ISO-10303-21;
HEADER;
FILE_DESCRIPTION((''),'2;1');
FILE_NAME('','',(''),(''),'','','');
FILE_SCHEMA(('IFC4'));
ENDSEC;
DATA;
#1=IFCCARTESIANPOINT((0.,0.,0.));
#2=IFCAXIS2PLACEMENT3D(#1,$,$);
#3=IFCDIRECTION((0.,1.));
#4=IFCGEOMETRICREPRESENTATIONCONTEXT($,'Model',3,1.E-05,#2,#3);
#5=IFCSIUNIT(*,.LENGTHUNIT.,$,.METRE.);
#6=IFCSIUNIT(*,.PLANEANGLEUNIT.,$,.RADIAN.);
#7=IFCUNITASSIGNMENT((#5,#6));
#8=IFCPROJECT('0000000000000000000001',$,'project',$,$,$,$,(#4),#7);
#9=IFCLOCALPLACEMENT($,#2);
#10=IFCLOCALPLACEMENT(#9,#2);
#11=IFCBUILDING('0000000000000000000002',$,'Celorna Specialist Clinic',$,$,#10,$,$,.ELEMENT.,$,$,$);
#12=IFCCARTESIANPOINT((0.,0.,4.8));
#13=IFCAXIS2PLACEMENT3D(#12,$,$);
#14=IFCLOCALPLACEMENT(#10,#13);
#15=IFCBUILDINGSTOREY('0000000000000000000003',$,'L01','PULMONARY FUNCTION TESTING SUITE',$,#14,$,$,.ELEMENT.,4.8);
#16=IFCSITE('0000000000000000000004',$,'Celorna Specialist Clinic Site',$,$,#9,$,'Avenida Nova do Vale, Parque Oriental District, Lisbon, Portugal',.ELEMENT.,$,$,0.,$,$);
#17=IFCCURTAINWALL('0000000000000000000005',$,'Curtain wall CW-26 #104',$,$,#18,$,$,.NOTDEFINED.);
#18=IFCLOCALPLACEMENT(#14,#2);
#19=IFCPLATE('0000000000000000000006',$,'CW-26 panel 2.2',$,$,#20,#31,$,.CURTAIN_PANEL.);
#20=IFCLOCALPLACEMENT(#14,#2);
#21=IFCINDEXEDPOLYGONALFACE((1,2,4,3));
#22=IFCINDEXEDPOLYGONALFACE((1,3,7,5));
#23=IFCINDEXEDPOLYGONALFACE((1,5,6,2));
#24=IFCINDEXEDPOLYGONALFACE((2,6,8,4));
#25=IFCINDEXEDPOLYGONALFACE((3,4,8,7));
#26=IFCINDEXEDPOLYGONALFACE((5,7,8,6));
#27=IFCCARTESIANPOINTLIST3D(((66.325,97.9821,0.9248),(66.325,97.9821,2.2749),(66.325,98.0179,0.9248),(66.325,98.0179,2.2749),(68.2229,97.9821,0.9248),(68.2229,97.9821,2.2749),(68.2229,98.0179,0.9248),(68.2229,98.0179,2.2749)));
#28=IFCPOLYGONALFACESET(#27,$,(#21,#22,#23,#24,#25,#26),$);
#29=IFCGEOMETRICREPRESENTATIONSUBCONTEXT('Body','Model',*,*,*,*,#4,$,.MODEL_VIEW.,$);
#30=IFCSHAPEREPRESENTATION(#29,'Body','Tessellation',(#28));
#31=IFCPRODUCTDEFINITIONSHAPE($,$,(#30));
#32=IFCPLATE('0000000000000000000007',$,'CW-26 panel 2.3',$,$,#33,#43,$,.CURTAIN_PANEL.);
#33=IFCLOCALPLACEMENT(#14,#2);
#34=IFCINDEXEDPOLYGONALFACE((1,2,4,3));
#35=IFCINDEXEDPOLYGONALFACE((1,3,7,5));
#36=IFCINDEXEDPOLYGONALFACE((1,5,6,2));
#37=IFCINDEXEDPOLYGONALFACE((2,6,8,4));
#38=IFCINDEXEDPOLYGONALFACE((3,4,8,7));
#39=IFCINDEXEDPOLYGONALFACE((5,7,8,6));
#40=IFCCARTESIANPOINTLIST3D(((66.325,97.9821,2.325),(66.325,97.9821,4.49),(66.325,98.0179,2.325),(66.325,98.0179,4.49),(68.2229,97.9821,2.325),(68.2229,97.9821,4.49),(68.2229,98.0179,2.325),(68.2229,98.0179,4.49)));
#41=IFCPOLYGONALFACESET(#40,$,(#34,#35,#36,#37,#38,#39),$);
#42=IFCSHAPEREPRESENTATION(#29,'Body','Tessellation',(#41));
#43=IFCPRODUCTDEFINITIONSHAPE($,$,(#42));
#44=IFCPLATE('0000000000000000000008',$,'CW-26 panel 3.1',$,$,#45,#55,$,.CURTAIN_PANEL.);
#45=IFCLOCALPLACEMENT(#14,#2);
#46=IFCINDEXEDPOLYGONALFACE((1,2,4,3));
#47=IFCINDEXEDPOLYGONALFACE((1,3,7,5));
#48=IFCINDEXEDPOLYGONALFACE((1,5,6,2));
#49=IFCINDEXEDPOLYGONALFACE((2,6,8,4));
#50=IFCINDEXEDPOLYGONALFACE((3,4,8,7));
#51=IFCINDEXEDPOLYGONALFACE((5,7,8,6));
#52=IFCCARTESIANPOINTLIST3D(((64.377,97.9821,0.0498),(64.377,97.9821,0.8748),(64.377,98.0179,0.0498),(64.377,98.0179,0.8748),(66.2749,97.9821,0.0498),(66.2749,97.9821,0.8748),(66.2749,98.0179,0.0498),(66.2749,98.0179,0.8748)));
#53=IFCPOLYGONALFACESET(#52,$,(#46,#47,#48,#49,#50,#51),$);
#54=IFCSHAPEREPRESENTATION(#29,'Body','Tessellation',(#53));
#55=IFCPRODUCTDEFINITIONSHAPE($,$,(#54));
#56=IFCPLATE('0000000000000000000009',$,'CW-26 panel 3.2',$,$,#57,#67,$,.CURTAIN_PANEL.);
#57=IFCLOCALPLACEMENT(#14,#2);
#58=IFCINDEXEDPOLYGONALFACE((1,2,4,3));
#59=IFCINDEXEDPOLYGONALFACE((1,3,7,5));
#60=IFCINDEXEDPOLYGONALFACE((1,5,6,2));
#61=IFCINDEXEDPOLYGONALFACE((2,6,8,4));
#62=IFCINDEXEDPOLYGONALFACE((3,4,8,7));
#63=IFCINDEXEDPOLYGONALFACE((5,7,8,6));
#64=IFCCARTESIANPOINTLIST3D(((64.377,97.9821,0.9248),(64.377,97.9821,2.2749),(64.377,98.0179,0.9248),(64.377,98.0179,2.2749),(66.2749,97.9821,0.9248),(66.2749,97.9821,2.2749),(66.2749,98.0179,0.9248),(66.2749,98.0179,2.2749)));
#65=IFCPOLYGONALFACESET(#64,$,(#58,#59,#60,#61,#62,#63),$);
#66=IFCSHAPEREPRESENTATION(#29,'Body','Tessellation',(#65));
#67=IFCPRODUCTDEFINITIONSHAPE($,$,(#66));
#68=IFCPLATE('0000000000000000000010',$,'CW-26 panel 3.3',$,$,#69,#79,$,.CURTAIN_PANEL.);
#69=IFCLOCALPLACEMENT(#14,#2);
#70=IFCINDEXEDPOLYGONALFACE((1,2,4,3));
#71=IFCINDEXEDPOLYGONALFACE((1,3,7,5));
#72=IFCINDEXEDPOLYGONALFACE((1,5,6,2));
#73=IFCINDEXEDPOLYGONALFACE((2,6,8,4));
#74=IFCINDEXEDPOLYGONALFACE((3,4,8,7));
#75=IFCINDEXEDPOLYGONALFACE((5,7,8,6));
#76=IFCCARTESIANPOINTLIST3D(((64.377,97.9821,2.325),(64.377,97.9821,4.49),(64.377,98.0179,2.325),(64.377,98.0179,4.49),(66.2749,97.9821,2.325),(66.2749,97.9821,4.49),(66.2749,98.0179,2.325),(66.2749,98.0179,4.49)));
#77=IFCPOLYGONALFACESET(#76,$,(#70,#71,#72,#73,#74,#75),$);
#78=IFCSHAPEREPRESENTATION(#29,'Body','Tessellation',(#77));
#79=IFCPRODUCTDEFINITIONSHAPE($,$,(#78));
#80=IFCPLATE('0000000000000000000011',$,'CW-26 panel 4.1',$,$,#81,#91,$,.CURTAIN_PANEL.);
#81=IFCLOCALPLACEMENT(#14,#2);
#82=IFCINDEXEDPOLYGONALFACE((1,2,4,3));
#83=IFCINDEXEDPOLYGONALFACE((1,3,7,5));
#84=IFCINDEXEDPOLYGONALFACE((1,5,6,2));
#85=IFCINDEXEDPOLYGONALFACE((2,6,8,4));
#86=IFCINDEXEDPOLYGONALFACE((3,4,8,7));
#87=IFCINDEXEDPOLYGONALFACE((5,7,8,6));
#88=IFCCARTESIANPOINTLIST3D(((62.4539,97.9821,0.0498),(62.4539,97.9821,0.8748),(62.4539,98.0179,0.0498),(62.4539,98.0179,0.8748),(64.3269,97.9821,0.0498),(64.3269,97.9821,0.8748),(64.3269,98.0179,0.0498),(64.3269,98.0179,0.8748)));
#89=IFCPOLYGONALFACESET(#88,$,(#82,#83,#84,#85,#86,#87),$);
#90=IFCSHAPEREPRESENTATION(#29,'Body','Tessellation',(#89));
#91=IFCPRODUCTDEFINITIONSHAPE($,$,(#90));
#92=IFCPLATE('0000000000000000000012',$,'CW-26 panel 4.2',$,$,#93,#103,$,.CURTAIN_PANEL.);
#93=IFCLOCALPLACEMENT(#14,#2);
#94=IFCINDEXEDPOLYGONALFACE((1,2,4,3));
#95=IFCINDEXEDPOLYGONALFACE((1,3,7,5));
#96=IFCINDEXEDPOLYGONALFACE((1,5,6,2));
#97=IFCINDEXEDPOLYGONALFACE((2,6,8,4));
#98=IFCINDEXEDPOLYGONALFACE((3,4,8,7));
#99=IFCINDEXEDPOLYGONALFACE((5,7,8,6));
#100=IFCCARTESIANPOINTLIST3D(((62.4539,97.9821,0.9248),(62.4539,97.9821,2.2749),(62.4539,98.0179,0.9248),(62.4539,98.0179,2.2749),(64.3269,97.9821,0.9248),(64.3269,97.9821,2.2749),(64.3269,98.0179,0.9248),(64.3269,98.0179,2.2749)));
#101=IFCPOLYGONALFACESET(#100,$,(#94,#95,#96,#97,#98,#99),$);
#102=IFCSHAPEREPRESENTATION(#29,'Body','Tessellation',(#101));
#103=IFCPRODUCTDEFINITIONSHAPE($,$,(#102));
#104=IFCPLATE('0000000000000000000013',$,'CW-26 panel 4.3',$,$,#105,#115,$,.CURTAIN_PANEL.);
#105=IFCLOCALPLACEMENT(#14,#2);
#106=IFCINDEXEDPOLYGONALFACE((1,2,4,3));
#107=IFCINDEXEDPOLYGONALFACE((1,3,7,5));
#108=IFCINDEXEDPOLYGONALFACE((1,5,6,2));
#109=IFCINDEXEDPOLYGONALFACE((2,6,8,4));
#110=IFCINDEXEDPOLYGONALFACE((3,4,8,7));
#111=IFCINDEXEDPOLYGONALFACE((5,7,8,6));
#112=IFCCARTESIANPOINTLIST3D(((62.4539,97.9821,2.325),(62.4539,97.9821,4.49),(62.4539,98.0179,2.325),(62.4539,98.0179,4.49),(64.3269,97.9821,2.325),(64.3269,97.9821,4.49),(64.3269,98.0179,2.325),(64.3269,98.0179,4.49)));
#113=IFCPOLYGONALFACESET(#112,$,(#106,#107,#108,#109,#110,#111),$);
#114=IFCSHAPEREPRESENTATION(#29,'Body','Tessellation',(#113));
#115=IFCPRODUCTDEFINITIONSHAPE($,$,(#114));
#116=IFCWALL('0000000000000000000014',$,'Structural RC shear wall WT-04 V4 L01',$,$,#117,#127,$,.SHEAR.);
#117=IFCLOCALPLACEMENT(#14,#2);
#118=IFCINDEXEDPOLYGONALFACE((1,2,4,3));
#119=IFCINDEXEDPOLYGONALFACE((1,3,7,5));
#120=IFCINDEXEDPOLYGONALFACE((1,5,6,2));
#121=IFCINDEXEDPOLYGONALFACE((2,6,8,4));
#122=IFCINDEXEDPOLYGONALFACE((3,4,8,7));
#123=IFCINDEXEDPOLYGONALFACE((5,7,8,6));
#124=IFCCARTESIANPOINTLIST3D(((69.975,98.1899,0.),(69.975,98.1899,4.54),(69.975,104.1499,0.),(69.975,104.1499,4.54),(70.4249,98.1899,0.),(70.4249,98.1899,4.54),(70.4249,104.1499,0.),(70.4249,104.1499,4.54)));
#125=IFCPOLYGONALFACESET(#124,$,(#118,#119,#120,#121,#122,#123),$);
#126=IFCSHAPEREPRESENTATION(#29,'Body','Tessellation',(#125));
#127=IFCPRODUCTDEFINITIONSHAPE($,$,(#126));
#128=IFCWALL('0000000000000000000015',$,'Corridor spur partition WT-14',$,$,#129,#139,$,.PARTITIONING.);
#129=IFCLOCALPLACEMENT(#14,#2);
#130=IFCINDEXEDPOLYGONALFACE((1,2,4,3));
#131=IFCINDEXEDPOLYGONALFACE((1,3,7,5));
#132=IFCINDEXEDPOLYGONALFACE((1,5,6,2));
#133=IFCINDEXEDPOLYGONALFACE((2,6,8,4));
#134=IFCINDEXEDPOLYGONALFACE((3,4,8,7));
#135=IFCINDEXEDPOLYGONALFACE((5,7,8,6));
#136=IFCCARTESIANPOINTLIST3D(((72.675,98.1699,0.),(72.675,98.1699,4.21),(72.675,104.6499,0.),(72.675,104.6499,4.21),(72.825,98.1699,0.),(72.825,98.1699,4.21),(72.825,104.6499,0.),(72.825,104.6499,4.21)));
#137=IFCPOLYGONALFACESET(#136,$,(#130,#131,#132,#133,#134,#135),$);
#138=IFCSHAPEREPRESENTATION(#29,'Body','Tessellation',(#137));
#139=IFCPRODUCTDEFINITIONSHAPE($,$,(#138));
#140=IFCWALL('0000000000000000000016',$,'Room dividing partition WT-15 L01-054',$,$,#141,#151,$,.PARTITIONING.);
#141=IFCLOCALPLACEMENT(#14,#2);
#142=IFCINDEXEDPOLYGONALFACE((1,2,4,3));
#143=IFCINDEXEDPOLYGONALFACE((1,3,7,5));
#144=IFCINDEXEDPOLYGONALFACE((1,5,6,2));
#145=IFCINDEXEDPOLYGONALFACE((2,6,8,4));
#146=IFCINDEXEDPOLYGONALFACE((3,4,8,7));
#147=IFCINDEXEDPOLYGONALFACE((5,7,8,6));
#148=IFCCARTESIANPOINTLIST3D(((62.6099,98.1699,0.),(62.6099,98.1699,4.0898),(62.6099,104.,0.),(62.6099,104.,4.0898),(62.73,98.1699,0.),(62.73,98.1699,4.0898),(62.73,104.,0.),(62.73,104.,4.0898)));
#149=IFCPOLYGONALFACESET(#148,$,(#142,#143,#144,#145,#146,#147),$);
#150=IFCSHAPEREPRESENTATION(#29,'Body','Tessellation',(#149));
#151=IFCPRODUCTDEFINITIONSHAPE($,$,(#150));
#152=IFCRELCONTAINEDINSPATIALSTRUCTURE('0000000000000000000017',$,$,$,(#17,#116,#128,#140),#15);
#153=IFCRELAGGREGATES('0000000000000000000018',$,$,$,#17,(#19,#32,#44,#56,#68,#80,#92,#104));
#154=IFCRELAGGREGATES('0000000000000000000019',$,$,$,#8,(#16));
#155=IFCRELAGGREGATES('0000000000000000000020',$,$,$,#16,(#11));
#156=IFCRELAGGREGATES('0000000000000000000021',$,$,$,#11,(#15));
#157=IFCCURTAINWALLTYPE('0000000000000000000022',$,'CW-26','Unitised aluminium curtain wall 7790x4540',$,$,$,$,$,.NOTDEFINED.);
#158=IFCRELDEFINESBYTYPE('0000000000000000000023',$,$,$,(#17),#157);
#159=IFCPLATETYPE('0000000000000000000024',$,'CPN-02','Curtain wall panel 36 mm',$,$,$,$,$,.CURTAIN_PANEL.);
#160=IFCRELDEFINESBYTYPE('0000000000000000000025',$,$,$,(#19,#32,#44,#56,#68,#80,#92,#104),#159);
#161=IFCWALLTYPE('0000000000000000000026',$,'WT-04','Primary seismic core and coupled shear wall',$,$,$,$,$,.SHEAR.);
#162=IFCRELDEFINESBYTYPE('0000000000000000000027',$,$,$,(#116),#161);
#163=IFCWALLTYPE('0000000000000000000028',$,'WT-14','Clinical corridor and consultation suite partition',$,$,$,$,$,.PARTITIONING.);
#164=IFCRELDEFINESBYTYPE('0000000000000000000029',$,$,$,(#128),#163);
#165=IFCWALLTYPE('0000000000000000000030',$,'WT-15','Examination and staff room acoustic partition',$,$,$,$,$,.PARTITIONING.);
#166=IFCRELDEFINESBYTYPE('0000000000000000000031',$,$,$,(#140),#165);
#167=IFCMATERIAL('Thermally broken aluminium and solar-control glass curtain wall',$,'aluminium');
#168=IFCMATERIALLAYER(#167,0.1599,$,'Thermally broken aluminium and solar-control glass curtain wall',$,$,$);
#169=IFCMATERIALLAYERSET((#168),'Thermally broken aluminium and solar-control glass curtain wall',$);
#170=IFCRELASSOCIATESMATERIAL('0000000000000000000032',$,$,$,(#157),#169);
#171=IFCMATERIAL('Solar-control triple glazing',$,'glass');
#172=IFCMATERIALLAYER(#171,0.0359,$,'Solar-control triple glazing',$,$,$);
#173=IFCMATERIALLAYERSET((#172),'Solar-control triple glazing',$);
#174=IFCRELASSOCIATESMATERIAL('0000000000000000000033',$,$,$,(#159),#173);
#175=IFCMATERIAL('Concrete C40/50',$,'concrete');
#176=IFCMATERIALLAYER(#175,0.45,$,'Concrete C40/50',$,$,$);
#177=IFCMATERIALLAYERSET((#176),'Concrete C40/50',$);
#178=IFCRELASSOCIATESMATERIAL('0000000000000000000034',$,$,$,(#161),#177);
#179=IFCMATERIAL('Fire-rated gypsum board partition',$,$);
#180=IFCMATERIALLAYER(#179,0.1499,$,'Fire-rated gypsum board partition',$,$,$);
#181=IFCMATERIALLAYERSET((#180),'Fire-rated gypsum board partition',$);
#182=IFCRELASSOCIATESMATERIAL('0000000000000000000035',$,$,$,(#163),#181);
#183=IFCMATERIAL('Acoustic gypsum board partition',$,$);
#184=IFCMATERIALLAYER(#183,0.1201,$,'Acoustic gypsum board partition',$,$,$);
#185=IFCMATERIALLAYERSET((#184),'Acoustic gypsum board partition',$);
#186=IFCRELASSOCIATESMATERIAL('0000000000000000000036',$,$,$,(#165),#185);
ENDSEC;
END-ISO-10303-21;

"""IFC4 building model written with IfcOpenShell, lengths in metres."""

from ifc_helpers import new_model, si_unit, direction, frame, frame_2d, origin, origin_2d, place, context, subcontext, project, spatial, rectangle, extrude, material, layer, layer_set, type_object, element, aggregate, save


model = new_model("IFC4")

# Units and contexts
model_context = context("Model", 3, precision=1e-05, world=origin(), true_north=direction((0.0, 1.0)))
body_context = subcontext(model_context, "Body", "Model", "MODEL_VIEW")
ifc_project = project(units=[si_unit("LENGTHUNIT", "METRE"), si_unit("PLANEANGLEUNIT", "RADIAN")], contexts=[model_context])

# Site, building, storey
site_placement = place(None, origin())
site = spatial("IfcSite", under=ifc_project, at=site_placement, Name="Celorna Specialist Clinic Site", LongName="Avenida Nova do Vale, Parque Oriental District, Lisbon, Portugal", CompositionType="ELEMENT", RefElevation=0.0)
building_placement = place(site_placement, origin())
building = spatial("IfcBuilding", under=site, at=building_placement, Name="Celorna Specialist Clinic", CompositionType="ELEMENT")
storey_placement = place(building_placement, frame((0.0, 0.0, 4.8)))
storey = spatial("IfcBuildingStorey", under=building, at=storey_placement, Name="L01", Description="PULMONARY FUNCTION TESTING SUITE", CompositionType="ELEMENT", Elevation=4.8)

# Shared definitions
ifc_material_1 = material(Name="Concrete C40/50", Category="concrete")

# Curtain wall, plates
ifc_material_2 = material(Name="Thermally broken aluminium and solar-control glass curtain wall", Category="aluminium")
ifc_layer_1 = layer(ifc_material_2, 0.1599, Name="Thermally broken aluminium and solar-control glass curtain wall")
ifc_layer_set_1 = layer_set([ifc_layer_1], Name="Thermally broken aluminium and solar-control glass curtain wall")
curtain_wall_type = type_object("IfcCurtainWallType", Name="CW-26", Description="Unitised aluminium curtain wall 7790x4540", PredefinedType="NOTDEFINED", material=ifc_layer_set_1)
curtain_wall_placement = place(storey_placement, origin())
curtain_wall = element("IfcCurtainWall", 1, at=curtain_wall_placement, inside=storey, type_object=curtain_wall_type, Name="Curtain wall CW-26 #104", PredefinedType="NOTDEFINED")
ifc_material_3 = material(Name="Solar-control triple glazing", Category="glass")
ifc_layer_2 = layer(ifc_material_3, 0.0359, Name="Solar-control triple glazing")
ifc_layer_set_2 = layer_set([ifc_layer_2], Name="Solar-control triple glazing")
plate_type = type_object("IfcPlateType", Name="CPN-02", Description="Curtain wall panel 36 mm", PredefinedType="CURTAIN_PANEL", material=ifc_layer_set_2)
plate_1_placement = place(storey_placement, frame((67.2739, 98.0, 0.9248), z_axis=(0.0, 0.0, 1.0), x_axis=(-1.0, 0.0, 0.0)))
plate_1 = element("IfcPlate", 2, at=plate_1_placement, type_object=plate_type, Name="CW-26 panel 2.2", PredefinedType="CURTAIN_PANEL", context=body_context, shape_type="SweptSolid", body=[
    extrude(rectangle(XDim=1.8979, YDim=0.0359, at=origin_2d()), origin(), (0.0, 0.0, 1.0), 1.3501),
])
plate_2_placement = place(storey_placement, frame((67.2739, 98.0, 2.325), z_axis=(0.0, 0.0, 1.0), x_axis=(-1.0, 0.0, 0.0)))
plate_2 = element("IfcPlate", 3, at=plate_2_placement, type_object=plate_type, Name="CW-26 panel 2.3", PredefinedType="CURTAIN_PANEL", context=body_context, shape_type="SweptSolid", body=[
    extrude(rectangle(XDim=1.8979, YDim=0.0359, at=origin_2d()), origin(), (0.0, 0.0, 1.0), 2.165),
])
plate_3_placement = place(storey_placement, frame((65.3259, 98.0, 0.0498), z_axis=(0.0, 0.0, 1.0), x_axis=(-1.0, 0.0, 0.0)))
plate_3 = element("IfcPlate", 4, at=plate_3_placement, type_object=plate_type, Name="CW-26 panel 3.1", PredefinedType="CURTAIN_PANEL", context=body_context, shape_type="SweptSolid", body=[
    extrude(rectangle(XDim=1.8979, YDim=0.0359, at=origin_2d()), origin(), (0.0, 0.0, 1.0), 0.825),
])
plate_4_placement = place(storey_placement, frame((65.3259, 98.0, 0.9248), z_axis=(0.0, 0.0, 1.0), x_axis=(-1.0, 0.0, 0.0)))
plate_4 = element("IfcPlate", 5, at=plate_4_placement, type_object=plate_type, Name="CW-26 panel 3.2", PredefinedType="CURTAIN_PANEL", context=body_context, shape_type="SweptSolid", body=[
    extrude(rectangle(XDim=1.8979, YDim=0.0359, at=origin_2d()), origin(), (0.0, 0.0, 1.0), 1.3501),
])
plate_5_placement = place(storey_placement, frame((65.3259, 98.0, 2.325), z_axis=(0.0, 0.0, 1.0), x_axis=(-1.0, 0.0, 0.0)))
plate_5 = element("IfcPlate", 6, at=plate_5_placement, type_object=plate_type, Name="CW-26 panel 3.3", PredefinedType="CURTAIN_PANEL", context=body_context, shape_type="SweptSolid", body=[
    extrude(rectangle(XDim=1.8979, YDim=0.0359, at=origin_2d()), origin(), (0.0, 0.0, 1.0), 2.165),
])
plate_6_placement = place(storey_placement, frame((63.3904, 98.0, 0.0498), z_axis=(0.0, 0.0, 1.0), x_axis=(-1.0, 0.0, 0.0)))
plate_6 = element("IfcPlate", 7, at=plate_6_placement, type_object=plate_type, Name="CW-26 panel 4.1", PredefinedType="CURTAIN_PANEL", context=body_context, shape_type="SweptSolid", body=[
    extrude(rectangle(XDim=1.873, YDim=0.0359, at=origin_2d()), origin(), (0.0, 0.0, 1.0), 0.825),
])
plate_7_placement = place(storey_placement, frame((63.3904, 98.0, 0.9248), z_axis=(0.0, 0.0, 1.0), x_axis=(-1.0, 0.0, 0.0)))
plate_7 = element("IfcPlate", 8, at=plate_7_placement, type_object=plate_type, Name="CW-26 panel 4.2", PredefinedType="CURTAIN_PANEL", context=body_context, shape_type="SweptSolid", body=[
    extrude(rectangle(XDim=1.873, YDim=0.0359, at=origin_2d()), origin(), (0.0, 0.0, 1.0), 1.3501),
])
plate_8_placement = place(storey_placement, frame((63.3904, 98.0, 2.325), z_axis=(0.0, 0.0, 1.0), x_axis=(-1.0, 0.0, 0.0)))
plate_8 = element("IfcPlate", 9, at=plate_8_placement, type_object=plate_type, Name="CW-26 panel 4.3", PredefinedType="CURTAIN_PANEL", context=body_context, shape_type="SweptSolid", body=[
    extrude(rectangle(XDim=1.873, YDim=0.0359, at=origin_2d()), origin(), (0.0, 0.0, 1.0), 2.165),
])
aggregate(curtain_wall, [plate_1, plate_2, plate_3, plate_4, plate_5, plate_6, plate_7, plate_8])

# Walls
ifc_layer_3 = layer(ifc_material_1, 0.45, Name="Concrete C40/50")
ifc_layer_set_3 = layer_set([ifc_layer_3], Name="Concrete C40/50")
wall_type_1 = type_object("IfcWallType", Name="WT-04", Description="Primary seismic core and coupled shear wall", PredefinedType="SHEAR", material=ifc_layer_set_3)
wall_1_placement = place(storey_placement, frame((70.2, 98.1899, 0.0), z_axis=(0.0, 0.0, 1.0), x_axis=(0.0, 1.0, 0.0)))
element("IfcWall", 10, at=wall_1_placement, inside=storey, type_object=wall_type_1, Name="Structural RC shear wall WT-04 V4 L01", PredefinedType="SHEAR", context=body_context, shape_type="SweptSolid", body=[
    extrude(rectangle(XDim=5.96, YDim=0.45, at=frame_2d((2.98, 0.0))), origin(), (0.0, 0.0, 1.0), 4.54),
])
ifc_material_4 = material(Name="Fire-rated gypsum board partition")
ifc_layer_4 = layer(ifc_material_4, 0.1499, Name="Fire-rated gypsum board partition")
ifc_layer_set_4 = layer_set([ifc_layer_4], Name="Fire-rated gypsum board partition")
wall_type_2 = type_object("IfcWallType", Name="WT-14", Description="Clinical corridor and consultation suite partition", PredefinedType="PARTITIONING", material=ifc_layer_set_4)
wall_2_placement = place(storey_placement, frame((72.75, 98.1699, 0.0), z_axis=(0.0, 0.0, 1.0), x_axis=(0.0, 1.0, 0.0)))
element("IfcWall", 11, at=wall_2_placement, inside=storey, type_object=wall_type_2, Name="Corridor spur partition WT-14", PredefinedType="PARTITIONING", context=body_context, shape_type="SweptSolid", body=[
    extrude(rectangle(XDim=6.48, YDim=0.1499, at=frame_2d((3.24, 0.0))), origin(), (0.0, 0.0, 1.0), 4.21),
])
ifc_material_5 = material(Name="Acoustic gypsum board partition")
ifc_layer_5 = layer(ifc_material_5, 0.1201, Name="Acoustic gypsum board partition")
ifc_layer_set_5 = layer_set([ifc_layer_5], Name="Acoustic gypsum board partition")
wall_type_3 = type_object("IfcWallType", Name="WT-15", Description="Examination and staff room acoustic partition", PredefinedType="PARTITIONING", material=ifc_layer_set_5)
wall_3_placement = place(storey_placement, frame((62.6699, 98.1699, 0.0), z_axis=(0.0, 0.0, 1.0), x_axis=(0.0, 1.0, 0.0)))
element("IfcWall", 12, at=wall_3_placement, inside=storey, type_object=wall_type_3, Name="Room dividing partition WT-15 L01-054", PredefinedType="PARTITIONING", context=body_context, shape_type="SweptSolid", body=[
    extrude(rectangle(XDim=5.8301, YDim=0.1201, at=frame_2d((2.915, 0.0))), origin(), (0.0, 0.0, 1.0), 4.0898),
])

save(model, "model.ifc")
